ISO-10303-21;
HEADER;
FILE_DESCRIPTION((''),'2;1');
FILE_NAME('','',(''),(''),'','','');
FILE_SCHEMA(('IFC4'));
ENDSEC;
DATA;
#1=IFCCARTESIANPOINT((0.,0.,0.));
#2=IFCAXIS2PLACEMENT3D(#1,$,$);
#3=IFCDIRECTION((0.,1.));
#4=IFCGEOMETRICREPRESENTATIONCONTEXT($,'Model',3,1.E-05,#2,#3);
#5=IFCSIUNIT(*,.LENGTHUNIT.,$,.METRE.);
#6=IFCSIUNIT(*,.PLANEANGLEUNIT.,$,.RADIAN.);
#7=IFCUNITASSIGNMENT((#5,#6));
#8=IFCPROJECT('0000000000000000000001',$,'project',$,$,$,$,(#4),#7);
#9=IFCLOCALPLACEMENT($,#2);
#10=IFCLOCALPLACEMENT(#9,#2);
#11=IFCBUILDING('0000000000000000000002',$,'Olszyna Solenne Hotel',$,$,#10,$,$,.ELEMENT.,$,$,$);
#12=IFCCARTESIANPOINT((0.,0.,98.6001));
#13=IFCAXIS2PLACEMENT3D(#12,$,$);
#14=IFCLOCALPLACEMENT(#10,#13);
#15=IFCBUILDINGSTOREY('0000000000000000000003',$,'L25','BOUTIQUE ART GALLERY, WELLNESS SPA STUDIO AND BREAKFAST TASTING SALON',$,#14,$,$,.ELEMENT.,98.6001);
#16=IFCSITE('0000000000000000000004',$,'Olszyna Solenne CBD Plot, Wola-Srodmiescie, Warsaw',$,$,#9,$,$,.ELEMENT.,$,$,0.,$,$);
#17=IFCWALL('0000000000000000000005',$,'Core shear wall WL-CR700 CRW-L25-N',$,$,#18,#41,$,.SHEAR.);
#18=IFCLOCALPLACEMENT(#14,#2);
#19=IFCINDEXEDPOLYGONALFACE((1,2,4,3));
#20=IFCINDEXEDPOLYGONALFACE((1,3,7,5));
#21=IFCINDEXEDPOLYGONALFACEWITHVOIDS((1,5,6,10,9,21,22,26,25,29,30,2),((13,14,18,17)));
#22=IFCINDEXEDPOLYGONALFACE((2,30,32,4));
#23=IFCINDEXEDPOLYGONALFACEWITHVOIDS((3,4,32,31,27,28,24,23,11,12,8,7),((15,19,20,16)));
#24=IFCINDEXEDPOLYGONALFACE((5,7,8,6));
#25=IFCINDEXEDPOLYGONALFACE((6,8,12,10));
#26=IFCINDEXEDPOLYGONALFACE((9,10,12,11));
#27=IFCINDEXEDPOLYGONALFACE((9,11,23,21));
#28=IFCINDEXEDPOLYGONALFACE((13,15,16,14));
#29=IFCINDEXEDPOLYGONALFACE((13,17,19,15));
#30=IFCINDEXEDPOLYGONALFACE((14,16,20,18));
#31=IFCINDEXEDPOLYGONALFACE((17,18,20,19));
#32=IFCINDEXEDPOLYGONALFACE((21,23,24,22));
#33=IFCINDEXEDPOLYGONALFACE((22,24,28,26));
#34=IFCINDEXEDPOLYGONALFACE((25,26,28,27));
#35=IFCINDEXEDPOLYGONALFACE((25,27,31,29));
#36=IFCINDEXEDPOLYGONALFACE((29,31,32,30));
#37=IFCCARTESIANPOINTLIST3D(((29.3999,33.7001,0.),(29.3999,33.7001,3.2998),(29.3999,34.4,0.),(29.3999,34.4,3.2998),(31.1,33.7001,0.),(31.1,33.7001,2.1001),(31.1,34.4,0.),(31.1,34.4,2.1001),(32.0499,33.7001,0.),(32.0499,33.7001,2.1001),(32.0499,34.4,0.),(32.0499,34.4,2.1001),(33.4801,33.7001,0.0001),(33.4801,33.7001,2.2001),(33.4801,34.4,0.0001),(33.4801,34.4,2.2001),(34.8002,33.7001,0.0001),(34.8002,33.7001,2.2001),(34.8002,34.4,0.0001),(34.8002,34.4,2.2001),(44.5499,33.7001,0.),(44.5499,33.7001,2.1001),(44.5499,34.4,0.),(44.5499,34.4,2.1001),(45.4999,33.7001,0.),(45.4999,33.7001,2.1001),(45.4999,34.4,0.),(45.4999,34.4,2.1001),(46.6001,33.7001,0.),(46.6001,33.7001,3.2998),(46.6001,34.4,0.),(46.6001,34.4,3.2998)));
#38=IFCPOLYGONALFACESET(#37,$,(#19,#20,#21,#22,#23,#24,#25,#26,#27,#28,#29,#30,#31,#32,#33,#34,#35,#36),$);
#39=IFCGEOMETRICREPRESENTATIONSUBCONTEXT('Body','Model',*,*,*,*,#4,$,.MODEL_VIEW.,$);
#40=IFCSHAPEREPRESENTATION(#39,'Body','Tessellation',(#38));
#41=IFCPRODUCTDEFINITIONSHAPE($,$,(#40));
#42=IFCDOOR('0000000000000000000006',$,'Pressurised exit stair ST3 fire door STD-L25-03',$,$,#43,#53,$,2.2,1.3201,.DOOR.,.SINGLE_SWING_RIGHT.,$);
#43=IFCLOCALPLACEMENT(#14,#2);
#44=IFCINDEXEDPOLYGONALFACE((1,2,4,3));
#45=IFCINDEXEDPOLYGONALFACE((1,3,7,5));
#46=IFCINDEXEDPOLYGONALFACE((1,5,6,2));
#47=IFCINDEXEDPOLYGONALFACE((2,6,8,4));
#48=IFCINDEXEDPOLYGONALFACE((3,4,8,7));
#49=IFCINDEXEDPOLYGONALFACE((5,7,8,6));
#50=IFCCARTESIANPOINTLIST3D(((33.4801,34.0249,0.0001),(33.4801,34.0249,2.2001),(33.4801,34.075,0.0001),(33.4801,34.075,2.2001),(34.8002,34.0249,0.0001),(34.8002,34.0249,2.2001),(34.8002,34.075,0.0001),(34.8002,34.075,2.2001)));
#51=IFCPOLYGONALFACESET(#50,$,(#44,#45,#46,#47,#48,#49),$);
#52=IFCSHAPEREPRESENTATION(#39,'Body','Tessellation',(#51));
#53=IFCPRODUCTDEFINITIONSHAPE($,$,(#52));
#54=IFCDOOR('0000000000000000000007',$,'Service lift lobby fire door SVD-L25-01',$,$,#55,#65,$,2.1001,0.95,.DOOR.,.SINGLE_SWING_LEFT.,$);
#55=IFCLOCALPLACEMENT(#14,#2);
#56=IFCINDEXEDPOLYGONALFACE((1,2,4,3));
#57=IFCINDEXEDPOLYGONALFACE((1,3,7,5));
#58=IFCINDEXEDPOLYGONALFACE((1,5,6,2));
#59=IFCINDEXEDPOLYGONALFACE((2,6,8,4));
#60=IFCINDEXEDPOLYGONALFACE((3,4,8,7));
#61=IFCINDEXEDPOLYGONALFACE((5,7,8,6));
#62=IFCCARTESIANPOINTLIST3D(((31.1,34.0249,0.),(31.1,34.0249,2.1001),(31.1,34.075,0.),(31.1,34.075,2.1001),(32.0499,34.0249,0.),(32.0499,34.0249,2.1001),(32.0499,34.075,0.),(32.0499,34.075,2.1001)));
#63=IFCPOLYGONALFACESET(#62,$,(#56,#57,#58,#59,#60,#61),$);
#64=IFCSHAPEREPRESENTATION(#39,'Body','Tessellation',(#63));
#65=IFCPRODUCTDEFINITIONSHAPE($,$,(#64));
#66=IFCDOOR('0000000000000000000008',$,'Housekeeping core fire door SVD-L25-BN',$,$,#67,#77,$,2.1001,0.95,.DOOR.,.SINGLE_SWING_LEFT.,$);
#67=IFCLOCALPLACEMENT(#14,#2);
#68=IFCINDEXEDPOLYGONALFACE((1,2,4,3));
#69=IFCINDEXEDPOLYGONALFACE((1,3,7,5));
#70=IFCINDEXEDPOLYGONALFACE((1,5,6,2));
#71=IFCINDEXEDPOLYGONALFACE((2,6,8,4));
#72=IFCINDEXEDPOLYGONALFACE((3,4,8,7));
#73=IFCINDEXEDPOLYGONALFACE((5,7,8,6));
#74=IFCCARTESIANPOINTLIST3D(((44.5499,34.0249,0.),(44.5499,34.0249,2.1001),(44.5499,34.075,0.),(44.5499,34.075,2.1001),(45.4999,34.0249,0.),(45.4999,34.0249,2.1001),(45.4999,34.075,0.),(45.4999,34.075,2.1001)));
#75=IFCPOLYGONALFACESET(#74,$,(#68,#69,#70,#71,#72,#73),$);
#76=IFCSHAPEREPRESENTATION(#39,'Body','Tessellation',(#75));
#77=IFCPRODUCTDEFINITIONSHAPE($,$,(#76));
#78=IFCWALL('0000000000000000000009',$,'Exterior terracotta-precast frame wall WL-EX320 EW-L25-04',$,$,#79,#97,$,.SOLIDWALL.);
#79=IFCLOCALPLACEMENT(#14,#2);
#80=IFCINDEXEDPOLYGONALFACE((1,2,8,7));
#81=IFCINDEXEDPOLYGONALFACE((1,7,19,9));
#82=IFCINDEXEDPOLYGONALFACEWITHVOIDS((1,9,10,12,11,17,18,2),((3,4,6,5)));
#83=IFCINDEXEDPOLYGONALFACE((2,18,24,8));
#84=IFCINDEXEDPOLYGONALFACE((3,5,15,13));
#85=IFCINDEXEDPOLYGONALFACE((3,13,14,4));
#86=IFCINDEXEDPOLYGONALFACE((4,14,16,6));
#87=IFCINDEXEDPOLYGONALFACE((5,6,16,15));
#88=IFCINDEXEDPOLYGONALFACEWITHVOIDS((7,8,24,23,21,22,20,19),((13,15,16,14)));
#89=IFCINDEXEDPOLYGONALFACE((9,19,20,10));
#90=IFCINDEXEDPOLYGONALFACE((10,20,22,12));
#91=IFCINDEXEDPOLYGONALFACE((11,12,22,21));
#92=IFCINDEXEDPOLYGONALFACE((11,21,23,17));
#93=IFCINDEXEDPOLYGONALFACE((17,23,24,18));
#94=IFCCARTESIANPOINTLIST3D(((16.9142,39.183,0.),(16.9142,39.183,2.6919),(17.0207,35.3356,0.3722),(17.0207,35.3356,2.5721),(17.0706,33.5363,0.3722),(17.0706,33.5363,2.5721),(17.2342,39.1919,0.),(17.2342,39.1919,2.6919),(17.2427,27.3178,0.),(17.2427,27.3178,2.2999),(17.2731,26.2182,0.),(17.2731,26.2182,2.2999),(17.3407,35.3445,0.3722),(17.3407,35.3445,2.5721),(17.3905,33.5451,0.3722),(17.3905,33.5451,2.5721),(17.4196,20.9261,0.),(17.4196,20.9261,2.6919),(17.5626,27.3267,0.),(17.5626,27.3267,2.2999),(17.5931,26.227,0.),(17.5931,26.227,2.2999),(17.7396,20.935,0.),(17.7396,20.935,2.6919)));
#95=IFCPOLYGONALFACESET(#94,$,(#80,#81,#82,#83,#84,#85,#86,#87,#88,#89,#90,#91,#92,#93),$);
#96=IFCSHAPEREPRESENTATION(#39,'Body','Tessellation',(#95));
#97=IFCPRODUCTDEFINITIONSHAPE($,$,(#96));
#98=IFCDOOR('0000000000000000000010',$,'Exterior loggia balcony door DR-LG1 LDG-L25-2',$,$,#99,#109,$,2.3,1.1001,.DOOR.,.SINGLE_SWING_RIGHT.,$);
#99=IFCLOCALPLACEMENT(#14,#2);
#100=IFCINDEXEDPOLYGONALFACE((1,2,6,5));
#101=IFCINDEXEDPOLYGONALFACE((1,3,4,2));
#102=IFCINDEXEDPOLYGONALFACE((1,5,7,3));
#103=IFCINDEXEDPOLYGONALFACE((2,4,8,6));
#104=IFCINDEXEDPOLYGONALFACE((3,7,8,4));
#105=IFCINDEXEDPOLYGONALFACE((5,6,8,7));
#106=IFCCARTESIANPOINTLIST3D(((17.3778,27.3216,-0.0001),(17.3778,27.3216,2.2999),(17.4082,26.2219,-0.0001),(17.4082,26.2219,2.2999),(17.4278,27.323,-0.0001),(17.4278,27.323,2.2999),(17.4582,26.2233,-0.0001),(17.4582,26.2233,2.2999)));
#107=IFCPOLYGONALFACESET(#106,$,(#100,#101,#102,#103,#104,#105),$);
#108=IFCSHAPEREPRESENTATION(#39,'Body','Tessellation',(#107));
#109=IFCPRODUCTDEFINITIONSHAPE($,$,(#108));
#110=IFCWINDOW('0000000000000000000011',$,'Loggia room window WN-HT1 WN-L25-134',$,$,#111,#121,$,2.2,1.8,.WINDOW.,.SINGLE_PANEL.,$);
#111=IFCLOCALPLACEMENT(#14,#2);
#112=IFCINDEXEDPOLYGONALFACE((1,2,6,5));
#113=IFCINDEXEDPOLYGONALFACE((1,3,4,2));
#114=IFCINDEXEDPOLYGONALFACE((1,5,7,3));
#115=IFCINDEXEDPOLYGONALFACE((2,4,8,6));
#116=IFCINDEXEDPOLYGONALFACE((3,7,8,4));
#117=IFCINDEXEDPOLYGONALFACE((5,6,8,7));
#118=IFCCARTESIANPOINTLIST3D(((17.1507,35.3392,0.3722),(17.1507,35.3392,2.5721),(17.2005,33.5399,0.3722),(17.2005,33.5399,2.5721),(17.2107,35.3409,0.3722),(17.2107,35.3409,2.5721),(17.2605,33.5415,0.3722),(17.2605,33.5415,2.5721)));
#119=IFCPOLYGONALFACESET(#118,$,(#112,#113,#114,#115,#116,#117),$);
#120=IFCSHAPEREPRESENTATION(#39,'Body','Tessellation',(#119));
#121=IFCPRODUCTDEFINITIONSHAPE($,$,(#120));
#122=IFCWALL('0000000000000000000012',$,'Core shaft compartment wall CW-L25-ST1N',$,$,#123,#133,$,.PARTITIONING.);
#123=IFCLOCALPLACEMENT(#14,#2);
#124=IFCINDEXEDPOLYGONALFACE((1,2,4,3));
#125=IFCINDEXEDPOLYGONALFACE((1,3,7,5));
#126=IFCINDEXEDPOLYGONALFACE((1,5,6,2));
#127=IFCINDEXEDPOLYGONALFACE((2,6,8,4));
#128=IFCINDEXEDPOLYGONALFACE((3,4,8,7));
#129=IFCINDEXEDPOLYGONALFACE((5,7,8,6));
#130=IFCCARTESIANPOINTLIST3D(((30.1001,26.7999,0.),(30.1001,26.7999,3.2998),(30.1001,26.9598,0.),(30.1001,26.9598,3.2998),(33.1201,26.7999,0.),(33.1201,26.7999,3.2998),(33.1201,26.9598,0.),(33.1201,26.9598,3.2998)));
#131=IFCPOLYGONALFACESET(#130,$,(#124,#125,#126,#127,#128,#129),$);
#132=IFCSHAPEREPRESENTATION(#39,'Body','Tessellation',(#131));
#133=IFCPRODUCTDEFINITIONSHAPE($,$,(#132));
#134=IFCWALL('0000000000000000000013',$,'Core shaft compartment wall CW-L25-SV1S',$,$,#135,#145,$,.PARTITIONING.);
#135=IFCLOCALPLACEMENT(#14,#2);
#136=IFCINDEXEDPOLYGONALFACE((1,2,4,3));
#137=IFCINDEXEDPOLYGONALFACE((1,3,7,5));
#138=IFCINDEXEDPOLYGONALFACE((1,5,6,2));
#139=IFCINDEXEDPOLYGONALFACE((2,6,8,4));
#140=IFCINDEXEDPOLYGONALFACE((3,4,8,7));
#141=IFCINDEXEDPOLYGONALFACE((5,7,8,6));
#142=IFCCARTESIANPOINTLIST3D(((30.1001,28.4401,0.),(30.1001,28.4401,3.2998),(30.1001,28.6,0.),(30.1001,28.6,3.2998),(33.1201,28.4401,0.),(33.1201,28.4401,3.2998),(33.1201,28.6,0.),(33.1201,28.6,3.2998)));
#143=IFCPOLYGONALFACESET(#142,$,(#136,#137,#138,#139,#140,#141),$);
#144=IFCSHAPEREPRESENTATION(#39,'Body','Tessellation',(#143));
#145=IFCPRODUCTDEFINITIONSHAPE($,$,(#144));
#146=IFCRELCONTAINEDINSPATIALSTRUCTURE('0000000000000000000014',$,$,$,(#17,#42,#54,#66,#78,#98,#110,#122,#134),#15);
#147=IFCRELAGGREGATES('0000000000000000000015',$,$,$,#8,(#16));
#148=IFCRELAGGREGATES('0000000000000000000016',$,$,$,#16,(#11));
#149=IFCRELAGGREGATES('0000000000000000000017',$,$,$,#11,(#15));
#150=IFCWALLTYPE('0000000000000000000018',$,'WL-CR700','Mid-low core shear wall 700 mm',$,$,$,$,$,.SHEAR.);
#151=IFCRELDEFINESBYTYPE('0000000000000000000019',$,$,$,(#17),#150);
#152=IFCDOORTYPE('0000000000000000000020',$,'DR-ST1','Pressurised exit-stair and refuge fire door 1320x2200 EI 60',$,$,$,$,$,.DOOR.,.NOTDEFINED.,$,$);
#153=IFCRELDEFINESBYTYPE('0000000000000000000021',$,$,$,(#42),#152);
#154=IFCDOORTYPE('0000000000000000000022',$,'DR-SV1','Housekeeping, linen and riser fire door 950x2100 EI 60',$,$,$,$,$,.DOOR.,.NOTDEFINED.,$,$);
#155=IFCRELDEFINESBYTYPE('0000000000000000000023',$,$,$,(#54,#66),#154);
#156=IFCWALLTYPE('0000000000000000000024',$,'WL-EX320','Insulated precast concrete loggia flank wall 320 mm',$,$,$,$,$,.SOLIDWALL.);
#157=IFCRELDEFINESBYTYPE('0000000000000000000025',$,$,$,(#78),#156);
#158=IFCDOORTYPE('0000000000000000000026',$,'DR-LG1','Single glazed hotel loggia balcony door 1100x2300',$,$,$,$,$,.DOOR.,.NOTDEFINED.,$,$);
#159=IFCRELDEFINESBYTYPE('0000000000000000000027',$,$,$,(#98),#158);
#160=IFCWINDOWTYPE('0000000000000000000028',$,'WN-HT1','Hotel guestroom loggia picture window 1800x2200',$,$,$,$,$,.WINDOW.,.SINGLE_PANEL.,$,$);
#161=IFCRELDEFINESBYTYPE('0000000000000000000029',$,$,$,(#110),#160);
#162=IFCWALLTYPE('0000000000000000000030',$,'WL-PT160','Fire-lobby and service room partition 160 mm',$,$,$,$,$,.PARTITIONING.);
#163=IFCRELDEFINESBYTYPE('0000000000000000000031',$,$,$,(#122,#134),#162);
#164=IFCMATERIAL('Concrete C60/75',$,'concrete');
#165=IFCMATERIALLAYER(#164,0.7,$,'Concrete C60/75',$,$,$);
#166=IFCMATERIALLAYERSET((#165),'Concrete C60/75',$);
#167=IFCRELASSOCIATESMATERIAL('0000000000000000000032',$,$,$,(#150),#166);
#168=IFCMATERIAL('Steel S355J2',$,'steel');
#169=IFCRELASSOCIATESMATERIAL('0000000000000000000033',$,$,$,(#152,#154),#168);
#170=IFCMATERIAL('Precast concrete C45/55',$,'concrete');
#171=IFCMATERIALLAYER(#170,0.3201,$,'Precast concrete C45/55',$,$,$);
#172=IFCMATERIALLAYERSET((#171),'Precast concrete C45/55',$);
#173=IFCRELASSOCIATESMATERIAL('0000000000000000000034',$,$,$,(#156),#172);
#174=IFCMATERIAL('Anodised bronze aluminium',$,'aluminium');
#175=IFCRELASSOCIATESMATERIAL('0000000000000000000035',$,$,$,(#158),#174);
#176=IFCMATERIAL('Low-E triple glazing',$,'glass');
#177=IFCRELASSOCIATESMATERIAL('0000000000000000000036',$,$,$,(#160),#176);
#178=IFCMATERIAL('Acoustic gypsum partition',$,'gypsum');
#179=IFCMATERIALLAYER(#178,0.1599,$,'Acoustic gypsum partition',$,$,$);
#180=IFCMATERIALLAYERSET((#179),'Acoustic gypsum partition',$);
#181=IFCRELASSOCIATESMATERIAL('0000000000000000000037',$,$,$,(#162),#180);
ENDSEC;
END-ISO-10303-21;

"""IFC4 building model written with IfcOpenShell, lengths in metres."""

from ifc_helpers import new_model, si_unit, direction, frame, frame_2d, origin, place, context, subcontext, project, spatial, rectangle, extrude, source, transform, mapped, material, layer, layer_set, type_object, type_shapes, element, fill, save


model = new_model("IFC4")

# Units and contexts
model_context = context("Model", 3, precision=1e-05, world=origin(), true_north=direction((0.0, 1.0)))
body_context = subcontext(model_context, "Body", "Model", "MODEL_VIEW")
ifc_project = project(units=[si_unit("LENGTHUNIT", "METRE"), si_unit("PLANEANGLEUNIT", "RADIAN")], contexts=[model_context])

# Site, building, storey
site_placement = place(None, origin())
site = spatial("IfcSite", under=ifc_project, at=site_placement, Name="Olszyna Solenne CBD Plot, Wola-Srodmiescie, Warsaw", CompositionType="ELEMENT", RefElevation=0.0)
building_placement = place(site_placement, origin())
building = spatial("IfcBuilding", under=site, at=building_placement, Name="Olszyna Solenne Hotel", CompositionType="ELEMENT")
storey_placement = place(building_placement, frame((0.0, 0.0, 98.6001)))
storey = spatial("IfcBuildingStorey", under=building, at=storey_placement, Name="L25", Description="BOUTIQUE ART GALLERY, WELLNESS SPA STUDIO AND BREAKFAST TASTING SALON", CompositionType="ELEMENT", Elevation=98.6001)

# Wall, openings, doors
ifc_material_1 = material(Name="Concrete C60/75", Category="concrete")
ifc_layer_1 = layer(ifc_material_1, 0.7, Name="Concrete C60/75")
ifc_layer_set_1 = layer_set([ifc_layer_1], Name="Concrete C60/75")
wall_type_1 = type_object("IfcWallType", Name="WL-CR700", Description="Mid-low core shear wall 700 mm", PredefinedType="SHEAR", material=ifc_layer_set_1)
wall_1_placement = place(storey_placement, frame((29.3999, 34.05, 0.0), z_axis=(0.0, 0.0, 1.0), x_axis=(1.0, 0.0, 0.0)))
wall_1 = element("IfcWall", 1, at=wall_1_placement, inside=storey, type_object=wall_type_1, Name="Core shear wall WL-CR700 CRW-L25-N", PredefinedType="SHEAR", context=body_context, shape_type="SweptSolid", body=[
    extrude(rectangle(XDim=17.2002, YDim=0.7, at=frame_2d((8.6001, 0.0))), origin(), (0.0, 0.0, 1.0), 3.2998),
])
opening_1_placement = place(wall_1_placement, frame((1.7, 0.0, 0.0)))
opening_1 = element("IfcOpeningElement", 2, at=opening_1_placement, cuts=wall_1, PredefinedType="OPENING", context=body_context, shape_type="SweptSolid", body=[
    extrude(rectangle(XDim=0.95, YDim=2.1001, at=frame_2d((0.4751, 1.05))), frame((0.0, 0.3599, 0.0), z_axis=(0.0, -1.0, 0.0), x_axis=(1.0, 0.0, 0.0)), (0.0, 0.0, 1.0), 0.72),
])
opening_2_placement = place(wall_1_placement, frame((4.0801, 0.0, 0.0)))
opening_2 = element("IfcOpeningElement", 3, at=opening_2_placement, cuts=wall_1, PredefinedType="OPENING", context=body_context, shape_type="SweptSolid", body=[
    extrude(rectangle(XDim=1.3201, YDim=2.2, at=frame_2d((0.6602, 1.1001))), frame((0.0, 0.3599, 0.0), z_axis=(0.0, -1.0, 0.0), x_axis=(1.0, 0.0, 0.0)), (0.0, 0.0, 1.0), 0.72),
])
opening_3_placement = place(wall_1_placement, frame((15.1499, 0.0, 0.0)))
opening_3 = element("IfcOpeningElement", 4, at=opening_3_placement, cuts=wall_1, PredefinedType="OPENING", context=body_context, shape_type="SweptSolid", body=[
    extrude(rectangle(XDim=0.95, YDim=2.1001, at=frame_2d((0.4751, 1.05))), frame((0.0, 0.3599, 0.0), z_axis=(0.0, -1.0, 0.0), x_axis=(1.0, 0.0, 0.0)), (0.0, 0.0, 1.0), 0.72),
])
ifc_material_2 = material(Name="Steel S355J2", Category="steel")
door_type_1 = type_object("IfcDoorType", Name="DR-ST1", Description="Pressurised exit-stair and refuge fire door 1320x2200 EI 60", OperationType="NOTDEFINED", PredefinedType="DOOR", material=ifc_material_2)
shared_shape_1 = source(origin(), body_context, "Body", "SweptSolid", [
    extrude(rectangle(XDim=1.3201, YDim=2.2, at=frame_2d((0.6602, 1.1001))), frame((0.0, 0.0249, 0.0), z_axis=(0.0, -1.0, 0.0), x_axis=(1.0, 0.0, 0.0)), (0.0, 0.0, 1.0), 0.05),
])
type_shapes(door_type_1, [shared_shape_1])
door_1_placement = place(opening_2_placement, origin())
door_1 = element("IfcDoor", 5, at=door_1_placement, inside=storey, type_object=door_type_1, Name="Pressurised exit stair ST3 fire door STD-L25-03", OperationType="SINGLE_SWING_RIGHT", OverallHeight=2.2, OverallWidth=1.3201, PredefinedType="DOOR", context=body_context, shape_type="MappedRepresentation", body=[
    mapped(shared_shape_1, transform((0.0, 0.0, 0.0), x_axis=(1.0, 0.0, 0.0), y_axis=(0.0, 1.0, 0.0), z_axis=(0.0, 0.0, 1.0), scale=1.0)),
])
fill(opening_2, door_1)
door_type_2 = type_object("IfcDoorType", Name="DR-SV1", Description="Housekeeping, linen and riser fire door 950x2100 EI 60", OperationType="NOTDEFINED", PredefinedType="DOOR", material=ifc_material_2)
shared_shape_2 = source(origin(), body_context, "Body", "SweptSolid", [
    extrude(rectangle(XDim=0.95, YDim=2.1001, at=frame_2d((0.4751, 1.05))), frame((0.0, 0.0249, 0.0), z_axis=(0.0, -1.0, 0.0), x_axis=(1.0, 0.0, 0.0)), (0.0, 0.0, 1.0), 0.05),
])
type_shapes(door_type_2, [shared_shape_2])
door_2_placement = place(opening_1_placement, origin())
door_2 = element("IfcDoor", 6, at=door_2_placement, inside=storey, type_object=door_type_2, Name="Service lift lobby fire door SVD-L25-01", OperationType="SINGLE_SWING_LEFT", OverallHeight=2.1001, OverallWidth=0.95, PredefinedType="DOOR", context=body_context, shape_type="MappedRepresentation", body=[
    mapped(shared_shape_2, transform((0.0, 0.0, 0.0), x_axis=(1.0, 0.0, 0.0), y_axis=(0.0, 1.0, 0.0), z_axis=(0.0, 0.0, 1.0), scale=1.0)),
])
fill(opening_1, door_2)
door_3_placement = place(opening_3_placement, origin())
door_3 = element("IfcDoor", 7, at=door_3_placement, inside=storey, type_object=door_type_2, Name="Housekeeping core fire door SVD-L25-BN", OperationType="SINGLE_SWING_LEFT", OverallHeight=2.1001, OverallWidth=0.95, PredefinedType="DOOR", context=body_context, shape_type="MappedRepresentation", body=[
    mapped(shared_shape_2, transform((0.0, 0.0, 0.0), x_axis=(1.0, 0.0, 0.0), y_axis=(0.0, 1.0, 0.0), z_axis=(0.0, 0.0, 1.0), scale=1.0)),
])
fill(opening_3, door_3)

# Wall, openings, door, window
ifc_material_3 = material(Name="Precast concrete C45/55", Category="concrete")
ifc_layer_2 = layer(ifc_material_3, 0.3201, Name="Precast concrete C45/55")
ifc_layer_set_2 = layer_set([ifc_layer_2], Name="Precast concrete C45/55")
wall_type_2 = type_object("IfcWallType", Name="WL-EX320", Description="Insulated precast concrete loggia flank wall 320 mm", PredefinedType="SOLIDWALL", material=ifc_layer_set_2)
wall_2_placement = place(storey_placement, frame((17.5796, 20.9307, 0.0), z_axis=(0.0, 0.0, 1.0), x_axis=(-0.027671, 0.999617, 0.0)))
wall_2 = element("IfcWall", 8, at=wall_2_placement, inside=storey, type_object=wall_type_2, Name="Exterior terracotta-precast frame wall WL-EX320 EW-L25-04", PredefinedType="SOLIDWALL", context=body_context, shape_type="SweptSolid", body=[
    extrude(rectangle(XDim=18.2639, YDim=0.3201, at=frame_2d((9.1318, 0.0))), origin(), (0.0, 0.0, 1.0), 2.6919),
])
opening_4_placement = place(wall_2_placement, frame((5.2939, 0.0, 0.0)))
opening_4 = element("IfcOpeningElement", 9, at=opening_4_placement, cuts=wall_2, PredefinedType="OPENING", context=body_context, shape_type="SweptSolid", body=[
    extrude(rectangle(XDim=1.1001, YDim=2.3, at=frame_2d((0.55, 1.1499))), frame((0.0, 0.1699, 0.0), z_axis=(0.0, -1.0, 0.0), x_axis=(1.0, 0.0, 0.0)), (0.0, 0.0, 1.0), 0.3401),
])
opening_5_placement = place(wall_2_placement, frame((12.615, 0.0, 0.3721)))
opening_5 = element("IfcOpeningElement", 10, at=opening_5_placement, cuts=wall_2, PredefinedType="OPENING", context=body_context, shape_type="SweptSolid", body=[
    extrude(rectangle(XDim=1.8, YDim=2.2, at=frame_2d((0.8999, 1.1001))), frame((0.0, 0.1699, 0.0), z_axis=(0.0, -1.0, 0.0), x_axis=(1.0, 0.0, 0.0)), (0.0, 0.0, 1.0), 0.3401),
])
ifc_material_4 = material(Name="Anodised bronze aluminium", Category="aluminium")
door_type_3 = type_object("IfcDoorType", Name="DR-LG1", Description="Single glazed hotel loggia balcony door 1100x2300", OperationType="NOTDEFINED", PredefinedType="DOOR", material=ifc_material_4)
shared_shape_3 = source(origin(), body_context, "Body", "SweptSolid", [
    extrude(rectangle(XDim=1.1001, YDim=2.3, at=frame_2d((0.55, 1.1499))), frame((0.0, 0.0249, 0.0), z_axis=(0.0, -1.0, 0.0), x_axis=(1.0, 0.0, 0.0)), (0.0, 0.0, 1.0), 0.05),
])
type_shapes(door_type_3, [shared_shape_3])
door_4_placement = place(opening_4_placement, origin())
door_4 = element("IfcDoor", 11, at=door_4_placement, inside=storey, type_object=door_type_3, Name="Exterior loggia balcony door DR-LG1 LDG-L25-2", OperationType="SINGLE_SWING_RIGHT", OverallHeight=2.3, OverallWidth=1.1001, PredefinedType="DOOR", context=body_context, shape_type="MappedRepresentation", body=[
    mapped(shared_shape_3, transform((0.0, 0.0, 0.0), x_axis=(1.0, 0.0, 0.0), y_axis=(0.0, 1.0, 0.0), z_axis=(0.0, 0.0, 1.0), scale=1.0)),
])
fill(opening_4, door_4)
ifc_material_5 = material(Name="Low-E triple glazing", Category="glass")
window_type = type_object("IfcWindowType", Name="WN-HT1", Description="Hotel guestroom loggia picture window 1800x2200", PartitioningType="SINGLE_PANEL", PredefinedType="WINDOW", material=ifc_material_5)
shared_shape_4 = source(origin(), body_context, "Body", "SweptSolid", [
    extrude(rectangle(XDim=1.8, YDim=2.2, at=frame_2d((0.8999, 1.1001))), frame((0.0, 0.03, 0.0), z_axis=(0.0, -1.0, 0.0), x_axis=(1.0, 0.0, 0.0)), (0.0, 0.0, 1.0), 0.0601),
])
type_shapes(window_type, [shared_shape_4])
window_placement = place(opening_5_placement, origin())
window = element("IfcWindow", 12, at=window_placement, inside=storey, type_object=window_type, Name="Loggia room window WN-HT1 WN-L25-134", OverallHeight=2.2, OverallWidth=1.8, PartitioningType="SINGLE_PANEL", PredefinedType="WINDOW", context=body_context, shape_type="MappedRepresentation", body=[
    mapped(shared_shape_4, transform((0.0, 0.0, 0.0), x_axis=(1.0, 0.0, 0.0), y_axis=(0.0, 1.0, 0.0), z_axis=(0.0, 0.0, 1.0), scale=1.0)),
])
fill(opening_5, window)

# Walls
ifc_material_6 = material(Name="Acoustic gypsum partition", Category="gypsum")
ifc_layer_3 = layer(ifc_material_6, 0.1599, Name="Acoustic gypsum partition")
ifc_layer_set_3 = layer_set([ifc_layer_3], Name="Acoustic gypsum partition")
wall_type_3 = type_object("IfcWallType", Name="WL-PT160", Description="Fire-lobby and service room partition 160 mm", PredefinedType="PARTITIONING", material=ifc_layer_set_3)
for number, where, z_axis, x_axis, name in (
    (13, (30.1001, 26.8799, 0.0), (0.0, 0.0, 1.0), (1.0, 0.0, 0.0), "Core shaft compartment wall CW-L25-ST1N"),
    (14, (30.1001, 28.52, 0.0), (0.0, 0.0, 1.0), (1.0, 0.0, 0.0), "Core shaft compartment wall CW-L25-SV1S"),
):
    element("IfcWall", number, at=place(storey_placement, frame(where, z_axis=z_axis, x_axis=x_axis)), inside=storey, type_object=wall_type_3, Name=name, PredefinedType="PARTITIONING", context=body_context, shape_type="SweptSolid", body=[
        extrude(rectangle(XDim=3.02, YDim=0.1599, at=frame_2d((1.51, 0.0))), origin(), (0.0, 0.0, 1.0), 3.2998),
    ])

save(model, "model.ifc")
